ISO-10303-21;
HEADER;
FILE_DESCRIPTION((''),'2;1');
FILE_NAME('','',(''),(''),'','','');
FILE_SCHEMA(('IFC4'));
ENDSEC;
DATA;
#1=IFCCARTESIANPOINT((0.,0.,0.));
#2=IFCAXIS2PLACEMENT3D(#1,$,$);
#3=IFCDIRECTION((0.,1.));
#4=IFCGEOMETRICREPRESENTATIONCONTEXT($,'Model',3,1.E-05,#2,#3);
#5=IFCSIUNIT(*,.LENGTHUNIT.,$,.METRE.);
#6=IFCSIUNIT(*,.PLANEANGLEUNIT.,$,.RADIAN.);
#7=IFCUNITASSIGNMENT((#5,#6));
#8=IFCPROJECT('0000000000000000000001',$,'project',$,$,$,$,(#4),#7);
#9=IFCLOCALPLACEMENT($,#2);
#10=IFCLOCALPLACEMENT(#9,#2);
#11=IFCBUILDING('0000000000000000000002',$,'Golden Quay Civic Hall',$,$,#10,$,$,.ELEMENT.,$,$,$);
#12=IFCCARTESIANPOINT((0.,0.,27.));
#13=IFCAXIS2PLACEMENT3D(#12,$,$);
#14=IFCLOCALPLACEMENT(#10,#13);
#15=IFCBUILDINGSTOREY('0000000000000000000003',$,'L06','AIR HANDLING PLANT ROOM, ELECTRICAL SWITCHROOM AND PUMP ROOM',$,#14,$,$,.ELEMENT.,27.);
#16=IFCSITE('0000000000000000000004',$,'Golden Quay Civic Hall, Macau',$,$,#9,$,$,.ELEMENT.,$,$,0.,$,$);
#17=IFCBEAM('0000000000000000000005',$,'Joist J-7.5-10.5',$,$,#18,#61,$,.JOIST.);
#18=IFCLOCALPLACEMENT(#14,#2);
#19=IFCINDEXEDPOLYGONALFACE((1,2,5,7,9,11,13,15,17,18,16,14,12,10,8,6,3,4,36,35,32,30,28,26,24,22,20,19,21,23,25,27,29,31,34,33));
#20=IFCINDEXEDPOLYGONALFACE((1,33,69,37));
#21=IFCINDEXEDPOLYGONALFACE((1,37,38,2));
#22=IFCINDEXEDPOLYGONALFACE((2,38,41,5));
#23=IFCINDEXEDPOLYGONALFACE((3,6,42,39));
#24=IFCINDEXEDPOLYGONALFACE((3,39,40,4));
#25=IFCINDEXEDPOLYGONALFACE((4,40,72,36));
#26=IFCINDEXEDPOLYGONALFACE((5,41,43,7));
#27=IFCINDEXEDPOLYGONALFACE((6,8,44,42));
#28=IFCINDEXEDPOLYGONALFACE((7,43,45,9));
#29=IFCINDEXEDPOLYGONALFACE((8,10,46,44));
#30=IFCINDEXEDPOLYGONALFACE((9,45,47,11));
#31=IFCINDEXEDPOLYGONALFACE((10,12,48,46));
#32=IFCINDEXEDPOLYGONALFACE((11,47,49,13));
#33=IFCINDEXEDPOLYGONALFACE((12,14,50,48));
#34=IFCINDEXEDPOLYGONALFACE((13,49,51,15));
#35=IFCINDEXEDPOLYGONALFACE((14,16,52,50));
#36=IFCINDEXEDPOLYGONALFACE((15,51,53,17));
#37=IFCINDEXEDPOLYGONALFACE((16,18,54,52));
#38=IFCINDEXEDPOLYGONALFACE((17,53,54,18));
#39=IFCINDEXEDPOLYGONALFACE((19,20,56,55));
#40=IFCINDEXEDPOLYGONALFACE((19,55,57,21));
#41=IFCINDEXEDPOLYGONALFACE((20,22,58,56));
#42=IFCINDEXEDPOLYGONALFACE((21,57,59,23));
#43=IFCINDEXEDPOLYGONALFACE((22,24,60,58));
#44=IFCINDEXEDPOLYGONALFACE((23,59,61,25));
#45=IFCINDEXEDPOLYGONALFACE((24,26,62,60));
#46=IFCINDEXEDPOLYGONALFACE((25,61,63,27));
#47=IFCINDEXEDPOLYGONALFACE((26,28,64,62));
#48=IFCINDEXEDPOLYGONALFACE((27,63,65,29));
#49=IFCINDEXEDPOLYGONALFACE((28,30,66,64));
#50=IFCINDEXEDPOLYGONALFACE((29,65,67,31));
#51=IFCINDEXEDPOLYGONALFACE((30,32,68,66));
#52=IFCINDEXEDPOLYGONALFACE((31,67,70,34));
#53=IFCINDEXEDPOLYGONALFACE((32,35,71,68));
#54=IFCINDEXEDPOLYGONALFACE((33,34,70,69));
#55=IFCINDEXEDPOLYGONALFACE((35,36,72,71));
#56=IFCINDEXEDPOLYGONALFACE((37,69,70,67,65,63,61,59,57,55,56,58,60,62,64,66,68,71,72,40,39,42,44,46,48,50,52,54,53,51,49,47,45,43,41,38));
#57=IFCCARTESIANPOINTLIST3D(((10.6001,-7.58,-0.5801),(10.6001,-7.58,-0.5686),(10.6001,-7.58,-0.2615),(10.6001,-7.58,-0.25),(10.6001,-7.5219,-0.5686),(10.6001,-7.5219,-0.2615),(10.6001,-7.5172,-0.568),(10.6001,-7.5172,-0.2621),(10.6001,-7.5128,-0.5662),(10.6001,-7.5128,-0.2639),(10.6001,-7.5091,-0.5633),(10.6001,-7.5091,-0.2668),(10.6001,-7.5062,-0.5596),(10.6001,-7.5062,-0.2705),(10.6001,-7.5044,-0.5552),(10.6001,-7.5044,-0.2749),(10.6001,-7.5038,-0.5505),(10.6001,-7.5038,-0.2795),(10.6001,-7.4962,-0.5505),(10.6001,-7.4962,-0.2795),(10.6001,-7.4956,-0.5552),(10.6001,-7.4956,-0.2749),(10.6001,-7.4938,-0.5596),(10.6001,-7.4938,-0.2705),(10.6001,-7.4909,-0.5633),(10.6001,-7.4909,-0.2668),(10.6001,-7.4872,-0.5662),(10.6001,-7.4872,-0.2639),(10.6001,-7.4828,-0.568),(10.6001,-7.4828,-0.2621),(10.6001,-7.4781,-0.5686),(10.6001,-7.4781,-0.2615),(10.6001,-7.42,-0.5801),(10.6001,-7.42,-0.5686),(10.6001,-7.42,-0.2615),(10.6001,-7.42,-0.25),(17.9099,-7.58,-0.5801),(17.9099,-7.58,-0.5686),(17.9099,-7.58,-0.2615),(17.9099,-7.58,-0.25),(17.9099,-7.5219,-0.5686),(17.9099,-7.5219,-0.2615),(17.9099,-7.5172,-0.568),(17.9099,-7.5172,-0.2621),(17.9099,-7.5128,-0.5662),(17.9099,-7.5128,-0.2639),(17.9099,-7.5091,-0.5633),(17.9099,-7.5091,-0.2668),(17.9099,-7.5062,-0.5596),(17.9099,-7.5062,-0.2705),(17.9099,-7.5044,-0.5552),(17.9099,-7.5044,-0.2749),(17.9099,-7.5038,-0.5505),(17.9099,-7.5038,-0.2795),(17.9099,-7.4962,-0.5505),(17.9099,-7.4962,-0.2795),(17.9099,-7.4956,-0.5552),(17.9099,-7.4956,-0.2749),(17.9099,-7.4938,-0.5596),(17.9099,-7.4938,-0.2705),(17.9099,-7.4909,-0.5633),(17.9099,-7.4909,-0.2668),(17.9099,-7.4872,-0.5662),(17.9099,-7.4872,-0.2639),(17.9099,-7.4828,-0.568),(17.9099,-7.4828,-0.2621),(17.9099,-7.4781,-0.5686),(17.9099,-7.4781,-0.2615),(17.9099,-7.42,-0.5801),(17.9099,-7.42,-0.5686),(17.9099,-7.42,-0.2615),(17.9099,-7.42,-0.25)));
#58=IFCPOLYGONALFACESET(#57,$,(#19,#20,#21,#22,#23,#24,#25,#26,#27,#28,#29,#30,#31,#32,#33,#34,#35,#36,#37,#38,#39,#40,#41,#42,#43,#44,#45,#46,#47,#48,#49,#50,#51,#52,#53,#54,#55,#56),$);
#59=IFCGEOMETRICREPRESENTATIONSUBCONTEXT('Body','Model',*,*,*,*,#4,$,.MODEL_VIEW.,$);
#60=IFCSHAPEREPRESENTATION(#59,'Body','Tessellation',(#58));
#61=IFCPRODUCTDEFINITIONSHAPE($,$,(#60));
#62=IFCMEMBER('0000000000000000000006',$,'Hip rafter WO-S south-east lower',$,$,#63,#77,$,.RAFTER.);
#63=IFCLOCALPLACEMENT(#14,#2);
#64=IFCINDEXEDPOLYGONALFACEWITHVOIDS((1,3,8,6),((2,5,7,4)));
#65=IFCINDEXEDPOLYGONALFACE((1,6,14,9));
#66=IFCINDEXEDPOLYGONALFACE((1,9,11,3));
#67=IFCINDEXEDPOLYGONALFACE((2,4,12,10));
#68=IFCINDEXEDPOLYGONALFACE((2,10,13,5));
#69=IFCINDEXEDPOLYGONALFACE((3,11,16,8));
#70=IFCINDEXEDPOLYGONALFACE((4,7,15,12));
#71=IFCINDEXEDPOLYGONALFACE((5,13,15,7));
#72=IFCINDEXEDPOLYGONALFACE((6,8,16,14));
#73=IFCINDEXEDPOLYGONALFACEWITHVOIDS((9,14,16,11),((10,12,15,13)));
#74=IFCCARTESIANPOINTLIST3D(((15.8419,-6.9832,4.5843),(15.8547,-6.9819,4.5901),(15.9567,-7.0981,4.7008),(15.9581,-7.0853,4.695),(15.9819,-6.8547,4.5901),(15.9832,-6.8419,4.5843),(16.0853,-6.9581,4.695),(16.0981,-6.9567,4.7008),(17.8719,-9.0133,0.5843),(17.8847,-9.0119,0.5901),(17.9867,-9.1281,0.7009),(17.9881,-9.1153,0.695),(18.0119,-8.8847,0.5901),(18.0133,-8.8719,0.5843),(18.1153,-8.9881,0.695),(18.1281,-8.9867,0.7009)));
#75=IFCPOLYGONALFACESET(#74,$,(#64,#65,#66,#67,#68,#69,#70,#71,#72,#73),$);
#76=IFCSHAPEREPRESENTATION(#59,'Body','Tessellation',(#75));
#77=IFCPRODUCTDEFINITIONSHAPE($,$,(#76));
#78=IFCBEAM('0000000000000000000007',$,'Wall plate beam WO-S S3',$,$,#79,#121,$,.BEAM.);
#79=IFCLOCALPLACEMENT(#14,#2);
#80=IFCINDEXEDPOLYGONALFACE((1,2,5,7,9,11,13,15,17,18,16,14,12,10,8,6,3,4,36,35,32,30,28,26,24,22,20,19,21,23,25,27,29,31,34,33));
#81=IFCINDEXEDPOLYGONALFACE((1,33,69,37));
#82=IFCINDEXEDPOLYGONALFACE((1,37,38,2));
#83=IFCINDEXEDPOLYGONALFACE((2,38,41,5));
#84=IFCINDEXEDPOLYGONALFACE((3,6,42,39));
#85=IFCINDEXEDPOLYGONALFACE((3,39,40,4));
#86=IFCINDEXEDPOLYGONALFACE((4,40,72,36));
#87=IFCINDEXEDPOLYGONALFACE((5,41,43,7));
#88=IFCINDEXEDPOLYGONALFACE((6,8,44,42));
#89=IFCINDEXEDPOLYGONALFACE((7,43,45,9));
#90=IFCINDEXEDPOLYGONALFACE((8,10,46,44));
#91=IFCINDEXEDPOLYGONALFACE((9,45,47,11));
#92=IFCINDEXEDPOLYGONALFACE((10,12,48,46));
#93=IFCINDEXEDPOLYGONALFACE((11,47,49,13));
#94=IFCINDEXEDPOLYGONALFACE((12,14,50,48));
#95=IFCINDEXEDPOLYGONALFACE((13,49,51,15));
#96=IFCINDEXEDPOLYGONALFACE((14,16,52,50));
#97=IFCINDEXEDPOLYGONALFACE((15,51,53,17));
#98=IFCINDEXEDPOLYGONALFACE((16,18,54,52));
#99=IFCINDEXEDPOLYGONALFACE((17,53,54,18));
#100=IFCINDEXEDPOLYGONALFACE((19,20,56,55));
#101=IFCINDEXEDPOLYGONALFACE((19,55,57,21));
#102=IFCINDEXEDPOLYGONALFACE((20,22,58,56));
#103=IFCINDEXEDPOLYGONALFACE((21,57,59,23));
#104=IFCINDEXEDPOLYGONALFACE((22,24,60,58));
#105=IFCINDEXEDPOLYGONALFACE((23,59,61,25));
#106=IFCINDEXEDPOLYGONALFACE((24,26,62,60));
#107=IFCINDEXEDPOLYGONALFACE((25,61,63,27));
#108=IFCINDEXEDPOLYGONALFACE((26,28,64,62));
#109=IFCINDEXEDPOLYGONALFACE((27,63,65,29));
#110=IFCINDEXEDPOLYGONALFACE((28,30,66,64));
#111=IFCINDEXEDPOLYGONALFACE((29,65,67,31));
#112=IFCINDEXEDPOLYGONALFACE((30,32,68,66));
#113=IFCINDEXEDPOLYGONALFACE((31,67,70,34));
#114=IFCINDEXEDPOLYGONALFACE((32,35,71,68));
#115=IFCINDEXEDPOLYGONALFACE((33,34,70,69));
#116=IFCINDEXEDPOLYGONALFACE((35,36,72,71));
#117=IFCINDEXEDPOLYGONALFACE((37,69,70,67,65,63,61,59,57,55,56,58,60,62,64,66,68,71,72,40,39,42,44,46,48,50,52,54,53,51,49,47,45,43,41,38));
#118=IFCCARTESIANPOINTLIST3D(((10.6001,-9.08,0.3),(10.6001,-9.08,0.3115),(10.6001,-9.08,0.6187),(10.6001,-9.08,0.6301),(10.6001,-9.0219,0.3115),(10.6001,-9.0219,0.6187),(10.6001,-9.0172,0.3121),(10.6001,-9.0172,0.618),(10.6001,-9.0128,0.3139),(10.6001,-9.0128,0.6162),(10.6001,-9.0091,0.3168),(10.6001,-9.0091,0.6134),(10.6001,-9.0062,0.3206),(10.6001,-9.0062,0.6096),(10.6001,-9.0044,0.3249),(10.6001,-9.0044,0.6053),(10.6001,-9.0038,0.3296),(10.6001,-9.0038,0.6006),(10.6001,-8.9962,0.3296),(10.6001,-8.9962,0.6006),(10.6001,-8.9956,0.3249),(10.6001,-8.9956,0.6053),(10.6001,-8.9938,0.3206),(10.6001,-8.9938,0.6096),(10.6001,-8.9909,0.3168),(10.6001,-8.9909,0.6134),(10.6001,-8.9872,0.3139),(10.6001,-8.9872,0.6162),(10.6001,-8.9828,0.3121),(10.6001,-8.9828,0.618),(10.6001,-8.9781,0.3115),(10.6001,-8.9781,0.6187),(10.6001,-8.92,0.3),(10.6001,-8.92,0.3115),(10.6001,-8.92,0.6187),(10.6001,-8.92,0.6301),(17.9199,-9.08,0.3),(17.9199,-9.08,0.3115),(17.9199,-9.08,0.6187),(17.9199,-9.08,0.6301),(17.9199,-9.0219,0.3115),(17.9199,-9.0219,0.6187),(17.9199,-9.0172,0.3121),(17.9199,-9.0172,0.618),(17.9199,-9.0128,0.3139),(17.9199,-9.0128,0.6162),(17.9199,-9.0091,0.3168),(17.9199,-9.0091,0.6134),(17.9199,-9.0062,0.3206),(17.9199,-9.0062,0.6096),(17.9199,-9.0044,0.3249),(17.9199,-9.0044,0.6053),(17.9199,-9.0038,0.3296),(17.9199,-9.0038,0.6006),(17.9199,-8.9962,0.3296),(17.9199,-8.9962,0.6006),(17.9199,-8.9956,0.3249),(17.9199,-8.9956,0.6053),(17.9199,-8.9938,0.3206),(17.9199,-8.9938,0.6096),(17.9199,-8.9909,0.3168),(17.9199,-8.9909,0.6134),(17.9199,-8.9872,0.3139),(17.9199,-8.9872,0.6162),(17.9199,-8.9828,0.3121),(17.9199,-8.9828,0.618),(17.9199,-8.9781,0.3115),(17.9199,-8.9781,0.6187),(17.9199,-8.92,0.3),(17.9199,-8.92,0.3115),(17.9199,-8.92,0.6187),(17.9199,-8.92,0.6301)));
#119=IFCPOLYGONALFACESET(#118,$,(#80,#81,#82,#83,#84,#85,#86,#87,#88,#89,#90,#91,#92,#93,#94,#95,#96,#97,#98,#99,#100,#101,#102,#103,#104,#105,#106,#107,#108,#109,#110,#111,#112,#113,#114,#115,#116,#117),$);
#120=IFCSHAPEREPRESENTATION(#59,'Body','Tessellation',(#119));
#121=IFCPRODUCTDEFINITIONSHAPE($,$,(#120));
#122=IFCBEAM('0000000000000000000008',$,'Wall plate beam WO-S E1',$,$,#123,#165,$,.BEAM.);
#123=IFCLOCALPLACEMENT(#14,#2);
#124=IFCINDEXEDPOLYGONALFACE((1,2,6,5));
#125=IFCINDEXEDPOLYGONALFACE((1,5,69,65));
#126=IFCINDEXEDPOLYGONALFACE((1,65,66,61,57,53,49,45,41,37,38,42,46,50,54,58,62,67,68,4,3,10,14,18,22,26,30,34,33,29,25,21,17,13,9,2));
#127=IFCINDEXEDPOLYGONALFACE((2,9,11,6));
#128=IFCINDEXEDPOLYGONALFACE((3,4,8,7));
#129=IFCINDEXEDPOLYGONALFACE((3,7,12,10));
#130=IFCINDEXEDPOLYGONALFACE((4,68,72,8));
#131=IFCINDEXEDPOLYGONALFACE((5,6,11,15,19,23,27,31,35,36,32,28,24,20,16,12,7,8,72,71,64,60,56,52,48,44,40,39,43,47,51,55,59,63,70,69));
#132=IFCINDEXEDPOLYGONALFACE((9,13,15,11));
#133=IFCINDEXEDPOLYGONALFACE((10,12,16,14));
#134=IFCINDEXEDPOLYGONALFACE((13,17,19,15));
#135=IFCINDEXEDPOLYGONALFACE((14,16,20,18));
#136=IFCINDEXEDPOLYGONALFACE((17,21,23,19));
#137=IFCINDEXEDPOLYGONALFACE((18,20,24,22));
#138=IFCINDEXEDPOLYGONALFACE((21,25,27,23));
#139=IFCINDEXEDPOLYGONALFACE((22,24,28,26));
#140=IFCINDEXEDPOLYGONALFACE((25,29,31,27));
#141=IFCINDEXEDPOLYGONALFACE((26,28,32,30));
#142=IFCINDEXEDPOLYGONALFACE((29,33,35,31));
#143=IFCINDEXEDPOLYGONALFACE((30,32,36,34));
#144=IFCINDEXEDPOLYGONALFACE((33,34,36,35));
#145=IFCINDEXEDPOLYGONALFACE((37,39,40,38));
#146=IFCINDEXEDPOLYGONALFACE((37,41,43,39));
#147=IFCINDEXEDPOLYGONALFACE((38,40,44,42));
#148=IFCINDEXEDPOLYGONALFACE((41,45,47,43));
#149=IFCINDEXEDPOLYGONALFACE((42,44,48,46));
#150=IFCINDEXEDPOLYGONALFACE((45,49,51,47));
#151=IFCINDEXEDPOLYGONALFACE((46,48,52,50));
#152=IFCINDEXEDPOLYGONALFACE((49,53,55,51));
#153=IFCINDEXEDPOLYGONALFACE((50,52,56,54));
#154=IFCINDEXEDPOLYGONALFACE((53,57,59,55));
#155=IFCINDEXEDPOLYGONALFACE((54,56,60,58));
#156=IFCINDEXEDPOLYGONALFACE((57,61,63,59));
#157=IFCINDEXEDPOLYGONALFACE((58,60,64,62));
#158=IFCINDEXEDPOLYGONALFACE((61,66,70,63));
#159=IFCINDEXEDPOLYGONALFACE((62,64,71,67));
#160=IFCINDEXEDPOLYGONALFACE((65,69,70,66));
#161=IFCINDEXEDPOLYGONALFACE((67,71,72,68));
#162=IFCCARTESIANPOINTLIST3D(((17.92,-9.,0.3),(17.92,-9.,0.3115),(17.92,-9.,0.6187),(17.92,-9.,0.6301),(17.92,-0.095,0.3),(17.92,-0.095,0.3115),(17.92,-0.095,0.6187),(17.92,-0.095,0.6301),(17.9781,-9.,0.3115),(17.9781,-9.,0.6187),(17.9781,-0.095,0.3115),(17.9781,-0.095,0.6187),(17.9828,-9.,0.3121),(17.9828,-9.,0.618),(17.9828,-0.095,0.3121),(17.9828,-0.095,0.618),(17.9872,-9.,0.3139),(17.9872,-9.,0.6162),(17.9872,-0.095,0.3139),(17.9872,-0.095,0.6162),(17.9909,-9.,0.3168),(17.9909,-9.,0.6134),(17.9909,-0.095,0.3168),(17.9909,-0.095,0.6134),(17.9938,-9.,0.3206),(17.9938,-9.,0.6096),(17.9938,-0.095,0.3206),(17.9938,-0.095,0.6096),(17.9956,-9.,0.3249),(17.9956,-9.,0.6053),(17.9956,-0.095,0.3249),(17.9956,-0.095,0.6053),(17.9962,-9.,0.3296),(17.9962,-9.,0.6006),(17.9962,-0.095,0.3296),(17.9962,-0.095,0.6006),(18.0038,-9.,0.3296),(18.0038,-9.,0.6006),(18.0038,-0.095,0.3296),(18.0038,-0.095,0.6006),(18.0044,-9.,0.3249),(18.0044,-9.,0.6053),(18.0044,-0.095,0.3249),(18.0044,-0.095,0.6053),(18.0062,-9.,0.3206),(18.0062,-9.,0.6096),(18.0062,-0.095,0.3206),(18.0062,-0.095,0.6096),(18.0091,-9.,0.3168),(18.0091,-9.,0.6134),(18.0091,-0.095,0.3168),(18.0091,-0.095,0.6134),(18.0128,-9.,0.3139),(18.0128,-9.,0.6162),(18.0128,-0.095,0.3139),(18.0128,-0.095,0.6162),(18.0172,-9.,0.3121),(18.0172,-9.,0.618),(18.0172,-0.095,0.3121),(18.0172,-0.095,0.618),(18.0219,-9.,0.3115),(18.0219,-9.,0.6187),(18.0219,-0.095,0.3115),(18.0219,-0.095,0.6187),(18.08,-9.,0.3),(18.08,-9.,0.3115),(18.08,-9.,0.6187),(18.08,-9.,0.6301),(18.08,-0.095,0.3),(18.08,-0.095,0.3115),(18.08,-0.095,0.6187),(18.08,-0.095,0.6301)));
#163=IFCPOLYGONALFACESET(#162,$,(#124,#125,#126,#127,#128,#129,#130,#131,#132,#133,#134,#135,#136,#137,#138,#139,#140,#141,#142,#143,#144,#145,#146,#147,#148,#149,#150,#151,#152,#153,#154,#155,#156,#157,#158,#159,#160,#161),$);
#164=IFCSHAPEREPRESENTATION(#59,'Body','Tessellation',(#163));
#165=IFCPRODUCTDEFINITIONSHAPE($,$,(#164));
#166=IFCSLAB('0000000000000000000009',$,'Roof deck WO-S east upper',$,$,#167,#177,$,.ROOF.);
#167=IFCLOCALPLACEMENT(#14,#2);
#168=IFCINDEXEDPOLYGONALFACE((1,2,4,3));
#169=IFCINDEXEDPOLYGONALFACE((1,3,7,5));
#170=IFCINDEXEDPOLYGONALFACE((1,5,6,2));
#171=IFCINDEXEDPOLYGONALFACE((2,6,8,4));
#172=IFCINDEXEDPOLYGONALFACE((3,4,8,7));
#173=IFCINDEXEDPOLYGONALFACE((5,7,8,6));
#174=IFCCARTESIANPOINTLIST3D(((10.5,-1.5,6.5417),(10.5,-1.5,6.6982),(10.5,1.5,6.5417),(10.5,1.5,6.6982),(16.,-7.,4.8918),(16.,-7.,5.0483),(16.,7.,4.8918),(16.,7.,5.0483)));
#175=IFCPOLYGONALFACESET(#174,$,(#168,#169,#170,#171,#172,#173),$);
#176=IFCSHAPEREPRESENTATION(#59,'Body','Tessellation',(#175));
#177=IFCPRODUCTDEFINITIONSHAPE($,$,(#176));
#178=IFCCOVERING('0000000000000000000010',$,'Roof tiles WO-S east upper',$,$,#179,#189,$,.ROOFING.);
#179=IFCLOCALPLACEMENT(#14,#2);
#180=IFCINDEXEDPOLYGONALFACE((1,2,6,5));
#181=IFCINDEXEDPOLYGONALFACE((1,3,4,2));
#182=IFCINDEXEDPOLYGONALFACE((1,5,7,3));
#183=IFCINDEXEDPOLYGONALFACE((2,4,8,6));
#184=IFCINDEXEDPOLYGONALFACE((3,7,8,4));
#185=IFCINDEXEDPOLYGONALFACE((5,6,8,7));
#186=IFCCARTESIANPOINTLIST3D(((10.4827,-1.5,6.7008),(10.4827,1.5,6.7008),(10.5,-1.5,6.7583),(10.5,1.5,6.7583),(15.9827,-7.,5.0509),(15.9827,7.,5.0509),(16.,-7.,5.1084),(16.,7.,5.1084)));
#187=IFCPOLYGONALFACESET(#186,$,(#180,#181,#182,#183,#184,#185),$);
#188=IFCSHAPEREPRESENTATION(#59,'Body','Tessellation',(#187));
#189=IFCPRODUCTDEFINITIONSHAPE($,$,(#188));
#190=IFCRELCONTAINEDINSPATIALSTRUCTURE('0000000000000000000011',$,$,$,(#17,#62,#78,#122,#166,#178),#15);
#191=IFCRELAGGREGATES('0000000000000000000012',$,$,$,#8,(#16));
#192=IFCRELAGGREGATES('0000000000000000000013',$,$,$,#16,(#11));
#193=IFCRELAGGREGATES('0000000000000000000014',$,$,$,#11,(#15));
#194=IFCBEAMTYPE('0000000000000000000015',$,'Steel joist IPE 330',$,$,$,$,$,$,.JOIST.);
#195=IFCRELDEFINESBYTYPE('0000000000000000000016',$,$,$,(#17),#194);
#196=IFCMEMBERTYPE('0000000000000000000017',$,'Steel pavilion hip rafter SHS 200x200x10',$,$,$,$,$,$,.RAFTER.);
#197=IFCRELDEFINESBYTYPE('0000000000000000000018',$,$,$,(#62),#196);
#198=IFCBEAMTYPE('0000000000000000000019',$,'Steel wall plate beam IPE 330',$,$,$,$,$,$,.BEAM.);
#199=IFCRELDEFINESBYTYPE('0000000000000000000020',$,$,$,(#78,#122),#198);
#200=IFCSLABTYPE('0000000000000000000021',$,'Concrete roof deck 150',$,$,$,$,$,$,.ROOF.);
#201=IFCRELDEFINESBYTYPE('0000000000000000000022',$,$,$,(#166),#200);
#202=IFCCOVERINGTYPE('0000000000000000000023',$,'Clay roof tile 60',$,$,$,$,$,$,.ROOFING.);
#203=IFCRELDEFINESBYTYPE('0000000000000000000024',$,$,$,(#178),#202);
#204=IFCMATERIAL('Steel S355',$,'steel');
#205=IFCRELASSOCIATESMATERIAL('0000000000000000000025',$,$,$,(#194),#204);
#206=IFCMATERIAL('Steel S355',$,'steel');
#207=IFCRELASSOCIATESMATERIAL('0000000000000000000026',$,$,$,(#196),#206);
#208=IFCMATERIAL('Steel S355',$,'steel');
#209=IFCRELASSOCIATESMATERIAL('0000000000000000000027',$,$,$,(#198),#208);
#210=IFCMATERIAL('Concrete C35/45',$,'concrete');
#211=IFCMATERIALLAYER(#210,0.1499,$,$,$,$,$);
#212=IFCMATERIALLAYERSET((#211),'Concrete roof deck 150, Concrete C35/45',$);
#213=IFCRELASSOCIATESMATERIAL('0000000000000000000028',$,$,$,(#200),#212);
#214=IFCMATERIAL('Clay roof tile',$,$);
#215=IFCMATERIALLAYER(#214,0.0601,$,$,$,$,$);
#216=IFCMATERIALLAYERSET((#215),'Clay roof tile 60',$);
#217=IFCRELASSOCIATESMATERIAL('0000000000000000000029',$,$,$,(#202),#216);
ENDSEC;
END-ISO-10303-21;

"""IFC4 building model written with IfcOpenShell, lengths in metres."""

from ifc_helpers import new_model, si_unit, direction, frame, origin, origin_2d, place, context, subcontext, project, spatial, polyline, hollow_rectangle, i_section, outline, extrude, material, layer, layer_set, material_profile, profile_set, type_object, element, save


model = new_model("IFC4")

# Units and contexts
model_context = context("Model", 3, precision=1e-05, world=origin(), true_north=direction((0.0, 1.0)))
body_context = subcontext(model_context, "Body", "Model", "MODEL_VIEW")
ifc_project = project(units=[si_unit("LENGTHUNIT", "METRE"), si_unit("PLANEANGLEUNIT", "RADIAN")], contexts=[model_context])

# Site, building, storey
site_placement = place(None, origin())
site = spatial("IfcSite", under=ifc_project, at=site_placement, Name="Golden Quay Civic Hall, Macau", CompositionType="ELEMENT", RefElevation=0.0)
building_placement = place(site_placement, origin())
building = spatial("IfcBuilding", under=site, at=building_placement, Name="Golden Quay Civic Hall", CompositionType="ELEMENT")
storey_placement = place(building_placement, frame((0.0, 0.0, 27.0)))
storey = spatial("IfcBuildingStorey", under=building, at=storey_placement, Name="L06", Description="AIR HANDLING PLANT ROOM, ELECTRICAL SWITCHROOM AND PUMP ROOM", CompositionType="ELEMENT", Elevation=27.0)

# Beam
ifc_material_1 = material(Name="Steel S355", Category="steel")
ifc_material_profile_1 = material_profile(ifc_material_1, i_section(OverallWidth=0.1599, OverallDepth=0.3301, WebThickness=0.0076, FlangeThickness=0.0115, FilletRadius=0.0181, at=origin_2d()), Name="IPE 330")
ifc_profile_set_1 = profile_set([ifc_material_profile_1], Name="Steel S355")
beam_type_1 = type_object("IfcBeamType", Name="Steel joist IPE 330", PredefinedType="JOIST", material=ifc_profile_set_1)
beam_1_placement = place(storey_placement, frame((10.6001, -7.5, -0.415), z_axis=(1.0, 0.0, 0.0), x_axis=(0.0, 1.0, 0.0)))
element("IfcBeam", 1, at=beam_1_placement, inside=storey, type_object=beam_type_1, Name="Joist J-7.5-10.5", PredefinedType="JOIST", context=body_context, shape_type="SweptSolid", body=[
    extrude(i_section(OverallWidth=0.1599, OverallDepth=0.3301, WebThickness=0.0076, FlangeThickness=0.0115, FilletRadius=0.0181, at=origin_2d()), origin(), (0.0, 0.0, 1.0), 7.3098),
])

# Member
ifc_material_2 = material(Name="Steel S355", Category="steel")
ifc_material_profile_2 = material_profile(ifc_material_2, hollow_rectangle(XDim=0.2, YDim=0.2, WallThickness=0.01, at=origin_2d()), Name="SHS 200x200x10")
ifc_profile_set_2 = profile_set([ifc_material_profile_2], Name="Steel S355")
member_type_1 = type_object("IfcMemberType", Name="Steel pavilion hip rafter SHS 200x200x10", PredefinedType="RAFTER", material=ifc_profile_set_2)
member_1_placement = place(storey_placement, frame((18.0, -9.0, 0.6426), z_axis=(-0.412304, 0.412304, 0.81241), x_axis=(-0.707107, -0.707107, 0.0)))
element("IfcMember", 2, at=member_1_placement, inside=storey, type_object=member_type_1, Name="Hip rafter WO-S south-east lower", PredefinedType="RAFTER", context=body_context, shape_type="SweptSolid", body=[
    extrude(hollow_rectangle(XDim=0.2, YDim=0.2, WallThickness=0.01, at=origin_2d()), origin(), (0.0, 0.0, 1.0), 4.9236),
])

# Beams
ifc_material_3 = material(Name="Steel S355", Category="steel")
ifc_material_profile_3 = material_profile(ifc_material_3, i_section(OverallWidth=0.1599, OverallDepth=0.3301, WebThickness=0.0076, FlangeThickness=0.0115, FilletRadius=0.0181, at=origin_2d()), Name="IPE 330")
ifc_profile_set_3 = profile_set([ifc_material_profile_3], Name="Steel S355")
beam_type_2 = type_object("IfcBeamType", Name="Steel wall plate beam IPE 330", PredefinedType="BEAM", material=ifc_profile_set_3)
beam_2_placement = place(storey_placement, frame((10.6001, -9.0, 0.4651), z_axis=(1.0, 0.0, 0.0), x_axis=(0.0, 1.0, 0.0)))
element("IfcBeam", 3, at=beam_2_placement, inside=storey, type_object=beam_type_2, Name="Wall plate beam WO-S S3", PredefinedType="BEAM", context=body_context, shape_type="SweptSolid", body=[
    extrude(i_section(OverallWidth=0.1599, OverallDepth=0.3301, WebThickness=0.0076, FlangeThickness=0.0115, FilletRadius=0.0181, at=origin_2d()), origin(), (0.0, 0.0, 1.0), 7.3198),
])
beam_3_placement = place(storey_placement, frame((18.0, -9.0, 0.4651), z_axis=(0.0, 1.0, 0.0), x_axis=(-1.0, 0.0, 0.0)))
element("IfcBeam", 4, at=beam_3_placement, inside=storey, type_object=beam_type_2, Name="Wall plate beam WO-S E1", PredefinedType="BEAM", context=body_context, shape_type="SweptSolid", body=[
    extrude(i_section(OverallWidth=0.1599, OverallDepth=0.3301, WebThickness=0.0076, FlangeThickness=0.0115, FilletRadius=0.0181, at=origin_2d()), origin(), (0.0, 0.0, 1.0), 8.905),
])

# Slab
ifc_material_4 = material(Name="Concrete C35/45", Category="concrete")
ifc_layer_1 = layer(ifc_material_4, 0.1499)
ifc_layer_set_1 = layer_set([ifc_layer_1], Name="Concrete roof deck 150, Concrete C35/45")
slab_type = type_object("IfcSlabType", Name="Concrete roof deck 150", PredefinedType="ROOF", material=ifc_layer_set_1)
slab_placement = place(storey_placement, frame((16.0, -7.0, 5.0483), z_axis=(0.287332, 0.0, 0.957831), x_axis=(0.0, 1.0, 0.0)))
element("IfcSlab", 5, at=slab_placement, inside=storey, type_object=slab_type, Name="Roof deck WO-S east upper", PredefinedType="ROOF", context=body_context, shape_type="SweptSolid", body=[
    extrude(outline(polyline([(0.0, 0.0), (14.0, 0.0), (8.5, 5.7421), (5.5, 5.7421), (0.0, 0.0)])), origin(), (0.0, -0.287332, -0.957831), 0.1565),
])

# Covering
ifc_material_5 = material(Name="Clay roof tile")
ifc_layer_2 = layer(ifc_material_5, 0.0601)
ifc_layer_set_2 = layer_set([ifc_layer_2], Name="Clay roof tile 60")
covering_type = type_object("IfcCoveringType", Name="Clay roof tile 60", PredefinedType="ROOFING", material=ifc_layer_set_2)
covering_placement = place(storey_placement, frame((16.0, -7.0, 5.1084), z_axis=(0.287332, 0.0, 0.957831), x_axis=(0.0, 1.0, 0.0)))
element("IfcCovering", 6, at=covering_placement, inside=storey, type_object=covering_type, Name="Roof tiles WO-S east upper", PredefinedType="ROOFING", context=body_context, shape_type="SweptSolid", body=[
    extrude(outline(polyline([(0.0, 0.0), (14.0, 0.0), (8.5, 5.7421), (5.5, 5.7421), (0.0, 0.0)])), origin(), (0.0, 0.0, -1.0), 0.0601),
])

save(model, "model.ifc")
